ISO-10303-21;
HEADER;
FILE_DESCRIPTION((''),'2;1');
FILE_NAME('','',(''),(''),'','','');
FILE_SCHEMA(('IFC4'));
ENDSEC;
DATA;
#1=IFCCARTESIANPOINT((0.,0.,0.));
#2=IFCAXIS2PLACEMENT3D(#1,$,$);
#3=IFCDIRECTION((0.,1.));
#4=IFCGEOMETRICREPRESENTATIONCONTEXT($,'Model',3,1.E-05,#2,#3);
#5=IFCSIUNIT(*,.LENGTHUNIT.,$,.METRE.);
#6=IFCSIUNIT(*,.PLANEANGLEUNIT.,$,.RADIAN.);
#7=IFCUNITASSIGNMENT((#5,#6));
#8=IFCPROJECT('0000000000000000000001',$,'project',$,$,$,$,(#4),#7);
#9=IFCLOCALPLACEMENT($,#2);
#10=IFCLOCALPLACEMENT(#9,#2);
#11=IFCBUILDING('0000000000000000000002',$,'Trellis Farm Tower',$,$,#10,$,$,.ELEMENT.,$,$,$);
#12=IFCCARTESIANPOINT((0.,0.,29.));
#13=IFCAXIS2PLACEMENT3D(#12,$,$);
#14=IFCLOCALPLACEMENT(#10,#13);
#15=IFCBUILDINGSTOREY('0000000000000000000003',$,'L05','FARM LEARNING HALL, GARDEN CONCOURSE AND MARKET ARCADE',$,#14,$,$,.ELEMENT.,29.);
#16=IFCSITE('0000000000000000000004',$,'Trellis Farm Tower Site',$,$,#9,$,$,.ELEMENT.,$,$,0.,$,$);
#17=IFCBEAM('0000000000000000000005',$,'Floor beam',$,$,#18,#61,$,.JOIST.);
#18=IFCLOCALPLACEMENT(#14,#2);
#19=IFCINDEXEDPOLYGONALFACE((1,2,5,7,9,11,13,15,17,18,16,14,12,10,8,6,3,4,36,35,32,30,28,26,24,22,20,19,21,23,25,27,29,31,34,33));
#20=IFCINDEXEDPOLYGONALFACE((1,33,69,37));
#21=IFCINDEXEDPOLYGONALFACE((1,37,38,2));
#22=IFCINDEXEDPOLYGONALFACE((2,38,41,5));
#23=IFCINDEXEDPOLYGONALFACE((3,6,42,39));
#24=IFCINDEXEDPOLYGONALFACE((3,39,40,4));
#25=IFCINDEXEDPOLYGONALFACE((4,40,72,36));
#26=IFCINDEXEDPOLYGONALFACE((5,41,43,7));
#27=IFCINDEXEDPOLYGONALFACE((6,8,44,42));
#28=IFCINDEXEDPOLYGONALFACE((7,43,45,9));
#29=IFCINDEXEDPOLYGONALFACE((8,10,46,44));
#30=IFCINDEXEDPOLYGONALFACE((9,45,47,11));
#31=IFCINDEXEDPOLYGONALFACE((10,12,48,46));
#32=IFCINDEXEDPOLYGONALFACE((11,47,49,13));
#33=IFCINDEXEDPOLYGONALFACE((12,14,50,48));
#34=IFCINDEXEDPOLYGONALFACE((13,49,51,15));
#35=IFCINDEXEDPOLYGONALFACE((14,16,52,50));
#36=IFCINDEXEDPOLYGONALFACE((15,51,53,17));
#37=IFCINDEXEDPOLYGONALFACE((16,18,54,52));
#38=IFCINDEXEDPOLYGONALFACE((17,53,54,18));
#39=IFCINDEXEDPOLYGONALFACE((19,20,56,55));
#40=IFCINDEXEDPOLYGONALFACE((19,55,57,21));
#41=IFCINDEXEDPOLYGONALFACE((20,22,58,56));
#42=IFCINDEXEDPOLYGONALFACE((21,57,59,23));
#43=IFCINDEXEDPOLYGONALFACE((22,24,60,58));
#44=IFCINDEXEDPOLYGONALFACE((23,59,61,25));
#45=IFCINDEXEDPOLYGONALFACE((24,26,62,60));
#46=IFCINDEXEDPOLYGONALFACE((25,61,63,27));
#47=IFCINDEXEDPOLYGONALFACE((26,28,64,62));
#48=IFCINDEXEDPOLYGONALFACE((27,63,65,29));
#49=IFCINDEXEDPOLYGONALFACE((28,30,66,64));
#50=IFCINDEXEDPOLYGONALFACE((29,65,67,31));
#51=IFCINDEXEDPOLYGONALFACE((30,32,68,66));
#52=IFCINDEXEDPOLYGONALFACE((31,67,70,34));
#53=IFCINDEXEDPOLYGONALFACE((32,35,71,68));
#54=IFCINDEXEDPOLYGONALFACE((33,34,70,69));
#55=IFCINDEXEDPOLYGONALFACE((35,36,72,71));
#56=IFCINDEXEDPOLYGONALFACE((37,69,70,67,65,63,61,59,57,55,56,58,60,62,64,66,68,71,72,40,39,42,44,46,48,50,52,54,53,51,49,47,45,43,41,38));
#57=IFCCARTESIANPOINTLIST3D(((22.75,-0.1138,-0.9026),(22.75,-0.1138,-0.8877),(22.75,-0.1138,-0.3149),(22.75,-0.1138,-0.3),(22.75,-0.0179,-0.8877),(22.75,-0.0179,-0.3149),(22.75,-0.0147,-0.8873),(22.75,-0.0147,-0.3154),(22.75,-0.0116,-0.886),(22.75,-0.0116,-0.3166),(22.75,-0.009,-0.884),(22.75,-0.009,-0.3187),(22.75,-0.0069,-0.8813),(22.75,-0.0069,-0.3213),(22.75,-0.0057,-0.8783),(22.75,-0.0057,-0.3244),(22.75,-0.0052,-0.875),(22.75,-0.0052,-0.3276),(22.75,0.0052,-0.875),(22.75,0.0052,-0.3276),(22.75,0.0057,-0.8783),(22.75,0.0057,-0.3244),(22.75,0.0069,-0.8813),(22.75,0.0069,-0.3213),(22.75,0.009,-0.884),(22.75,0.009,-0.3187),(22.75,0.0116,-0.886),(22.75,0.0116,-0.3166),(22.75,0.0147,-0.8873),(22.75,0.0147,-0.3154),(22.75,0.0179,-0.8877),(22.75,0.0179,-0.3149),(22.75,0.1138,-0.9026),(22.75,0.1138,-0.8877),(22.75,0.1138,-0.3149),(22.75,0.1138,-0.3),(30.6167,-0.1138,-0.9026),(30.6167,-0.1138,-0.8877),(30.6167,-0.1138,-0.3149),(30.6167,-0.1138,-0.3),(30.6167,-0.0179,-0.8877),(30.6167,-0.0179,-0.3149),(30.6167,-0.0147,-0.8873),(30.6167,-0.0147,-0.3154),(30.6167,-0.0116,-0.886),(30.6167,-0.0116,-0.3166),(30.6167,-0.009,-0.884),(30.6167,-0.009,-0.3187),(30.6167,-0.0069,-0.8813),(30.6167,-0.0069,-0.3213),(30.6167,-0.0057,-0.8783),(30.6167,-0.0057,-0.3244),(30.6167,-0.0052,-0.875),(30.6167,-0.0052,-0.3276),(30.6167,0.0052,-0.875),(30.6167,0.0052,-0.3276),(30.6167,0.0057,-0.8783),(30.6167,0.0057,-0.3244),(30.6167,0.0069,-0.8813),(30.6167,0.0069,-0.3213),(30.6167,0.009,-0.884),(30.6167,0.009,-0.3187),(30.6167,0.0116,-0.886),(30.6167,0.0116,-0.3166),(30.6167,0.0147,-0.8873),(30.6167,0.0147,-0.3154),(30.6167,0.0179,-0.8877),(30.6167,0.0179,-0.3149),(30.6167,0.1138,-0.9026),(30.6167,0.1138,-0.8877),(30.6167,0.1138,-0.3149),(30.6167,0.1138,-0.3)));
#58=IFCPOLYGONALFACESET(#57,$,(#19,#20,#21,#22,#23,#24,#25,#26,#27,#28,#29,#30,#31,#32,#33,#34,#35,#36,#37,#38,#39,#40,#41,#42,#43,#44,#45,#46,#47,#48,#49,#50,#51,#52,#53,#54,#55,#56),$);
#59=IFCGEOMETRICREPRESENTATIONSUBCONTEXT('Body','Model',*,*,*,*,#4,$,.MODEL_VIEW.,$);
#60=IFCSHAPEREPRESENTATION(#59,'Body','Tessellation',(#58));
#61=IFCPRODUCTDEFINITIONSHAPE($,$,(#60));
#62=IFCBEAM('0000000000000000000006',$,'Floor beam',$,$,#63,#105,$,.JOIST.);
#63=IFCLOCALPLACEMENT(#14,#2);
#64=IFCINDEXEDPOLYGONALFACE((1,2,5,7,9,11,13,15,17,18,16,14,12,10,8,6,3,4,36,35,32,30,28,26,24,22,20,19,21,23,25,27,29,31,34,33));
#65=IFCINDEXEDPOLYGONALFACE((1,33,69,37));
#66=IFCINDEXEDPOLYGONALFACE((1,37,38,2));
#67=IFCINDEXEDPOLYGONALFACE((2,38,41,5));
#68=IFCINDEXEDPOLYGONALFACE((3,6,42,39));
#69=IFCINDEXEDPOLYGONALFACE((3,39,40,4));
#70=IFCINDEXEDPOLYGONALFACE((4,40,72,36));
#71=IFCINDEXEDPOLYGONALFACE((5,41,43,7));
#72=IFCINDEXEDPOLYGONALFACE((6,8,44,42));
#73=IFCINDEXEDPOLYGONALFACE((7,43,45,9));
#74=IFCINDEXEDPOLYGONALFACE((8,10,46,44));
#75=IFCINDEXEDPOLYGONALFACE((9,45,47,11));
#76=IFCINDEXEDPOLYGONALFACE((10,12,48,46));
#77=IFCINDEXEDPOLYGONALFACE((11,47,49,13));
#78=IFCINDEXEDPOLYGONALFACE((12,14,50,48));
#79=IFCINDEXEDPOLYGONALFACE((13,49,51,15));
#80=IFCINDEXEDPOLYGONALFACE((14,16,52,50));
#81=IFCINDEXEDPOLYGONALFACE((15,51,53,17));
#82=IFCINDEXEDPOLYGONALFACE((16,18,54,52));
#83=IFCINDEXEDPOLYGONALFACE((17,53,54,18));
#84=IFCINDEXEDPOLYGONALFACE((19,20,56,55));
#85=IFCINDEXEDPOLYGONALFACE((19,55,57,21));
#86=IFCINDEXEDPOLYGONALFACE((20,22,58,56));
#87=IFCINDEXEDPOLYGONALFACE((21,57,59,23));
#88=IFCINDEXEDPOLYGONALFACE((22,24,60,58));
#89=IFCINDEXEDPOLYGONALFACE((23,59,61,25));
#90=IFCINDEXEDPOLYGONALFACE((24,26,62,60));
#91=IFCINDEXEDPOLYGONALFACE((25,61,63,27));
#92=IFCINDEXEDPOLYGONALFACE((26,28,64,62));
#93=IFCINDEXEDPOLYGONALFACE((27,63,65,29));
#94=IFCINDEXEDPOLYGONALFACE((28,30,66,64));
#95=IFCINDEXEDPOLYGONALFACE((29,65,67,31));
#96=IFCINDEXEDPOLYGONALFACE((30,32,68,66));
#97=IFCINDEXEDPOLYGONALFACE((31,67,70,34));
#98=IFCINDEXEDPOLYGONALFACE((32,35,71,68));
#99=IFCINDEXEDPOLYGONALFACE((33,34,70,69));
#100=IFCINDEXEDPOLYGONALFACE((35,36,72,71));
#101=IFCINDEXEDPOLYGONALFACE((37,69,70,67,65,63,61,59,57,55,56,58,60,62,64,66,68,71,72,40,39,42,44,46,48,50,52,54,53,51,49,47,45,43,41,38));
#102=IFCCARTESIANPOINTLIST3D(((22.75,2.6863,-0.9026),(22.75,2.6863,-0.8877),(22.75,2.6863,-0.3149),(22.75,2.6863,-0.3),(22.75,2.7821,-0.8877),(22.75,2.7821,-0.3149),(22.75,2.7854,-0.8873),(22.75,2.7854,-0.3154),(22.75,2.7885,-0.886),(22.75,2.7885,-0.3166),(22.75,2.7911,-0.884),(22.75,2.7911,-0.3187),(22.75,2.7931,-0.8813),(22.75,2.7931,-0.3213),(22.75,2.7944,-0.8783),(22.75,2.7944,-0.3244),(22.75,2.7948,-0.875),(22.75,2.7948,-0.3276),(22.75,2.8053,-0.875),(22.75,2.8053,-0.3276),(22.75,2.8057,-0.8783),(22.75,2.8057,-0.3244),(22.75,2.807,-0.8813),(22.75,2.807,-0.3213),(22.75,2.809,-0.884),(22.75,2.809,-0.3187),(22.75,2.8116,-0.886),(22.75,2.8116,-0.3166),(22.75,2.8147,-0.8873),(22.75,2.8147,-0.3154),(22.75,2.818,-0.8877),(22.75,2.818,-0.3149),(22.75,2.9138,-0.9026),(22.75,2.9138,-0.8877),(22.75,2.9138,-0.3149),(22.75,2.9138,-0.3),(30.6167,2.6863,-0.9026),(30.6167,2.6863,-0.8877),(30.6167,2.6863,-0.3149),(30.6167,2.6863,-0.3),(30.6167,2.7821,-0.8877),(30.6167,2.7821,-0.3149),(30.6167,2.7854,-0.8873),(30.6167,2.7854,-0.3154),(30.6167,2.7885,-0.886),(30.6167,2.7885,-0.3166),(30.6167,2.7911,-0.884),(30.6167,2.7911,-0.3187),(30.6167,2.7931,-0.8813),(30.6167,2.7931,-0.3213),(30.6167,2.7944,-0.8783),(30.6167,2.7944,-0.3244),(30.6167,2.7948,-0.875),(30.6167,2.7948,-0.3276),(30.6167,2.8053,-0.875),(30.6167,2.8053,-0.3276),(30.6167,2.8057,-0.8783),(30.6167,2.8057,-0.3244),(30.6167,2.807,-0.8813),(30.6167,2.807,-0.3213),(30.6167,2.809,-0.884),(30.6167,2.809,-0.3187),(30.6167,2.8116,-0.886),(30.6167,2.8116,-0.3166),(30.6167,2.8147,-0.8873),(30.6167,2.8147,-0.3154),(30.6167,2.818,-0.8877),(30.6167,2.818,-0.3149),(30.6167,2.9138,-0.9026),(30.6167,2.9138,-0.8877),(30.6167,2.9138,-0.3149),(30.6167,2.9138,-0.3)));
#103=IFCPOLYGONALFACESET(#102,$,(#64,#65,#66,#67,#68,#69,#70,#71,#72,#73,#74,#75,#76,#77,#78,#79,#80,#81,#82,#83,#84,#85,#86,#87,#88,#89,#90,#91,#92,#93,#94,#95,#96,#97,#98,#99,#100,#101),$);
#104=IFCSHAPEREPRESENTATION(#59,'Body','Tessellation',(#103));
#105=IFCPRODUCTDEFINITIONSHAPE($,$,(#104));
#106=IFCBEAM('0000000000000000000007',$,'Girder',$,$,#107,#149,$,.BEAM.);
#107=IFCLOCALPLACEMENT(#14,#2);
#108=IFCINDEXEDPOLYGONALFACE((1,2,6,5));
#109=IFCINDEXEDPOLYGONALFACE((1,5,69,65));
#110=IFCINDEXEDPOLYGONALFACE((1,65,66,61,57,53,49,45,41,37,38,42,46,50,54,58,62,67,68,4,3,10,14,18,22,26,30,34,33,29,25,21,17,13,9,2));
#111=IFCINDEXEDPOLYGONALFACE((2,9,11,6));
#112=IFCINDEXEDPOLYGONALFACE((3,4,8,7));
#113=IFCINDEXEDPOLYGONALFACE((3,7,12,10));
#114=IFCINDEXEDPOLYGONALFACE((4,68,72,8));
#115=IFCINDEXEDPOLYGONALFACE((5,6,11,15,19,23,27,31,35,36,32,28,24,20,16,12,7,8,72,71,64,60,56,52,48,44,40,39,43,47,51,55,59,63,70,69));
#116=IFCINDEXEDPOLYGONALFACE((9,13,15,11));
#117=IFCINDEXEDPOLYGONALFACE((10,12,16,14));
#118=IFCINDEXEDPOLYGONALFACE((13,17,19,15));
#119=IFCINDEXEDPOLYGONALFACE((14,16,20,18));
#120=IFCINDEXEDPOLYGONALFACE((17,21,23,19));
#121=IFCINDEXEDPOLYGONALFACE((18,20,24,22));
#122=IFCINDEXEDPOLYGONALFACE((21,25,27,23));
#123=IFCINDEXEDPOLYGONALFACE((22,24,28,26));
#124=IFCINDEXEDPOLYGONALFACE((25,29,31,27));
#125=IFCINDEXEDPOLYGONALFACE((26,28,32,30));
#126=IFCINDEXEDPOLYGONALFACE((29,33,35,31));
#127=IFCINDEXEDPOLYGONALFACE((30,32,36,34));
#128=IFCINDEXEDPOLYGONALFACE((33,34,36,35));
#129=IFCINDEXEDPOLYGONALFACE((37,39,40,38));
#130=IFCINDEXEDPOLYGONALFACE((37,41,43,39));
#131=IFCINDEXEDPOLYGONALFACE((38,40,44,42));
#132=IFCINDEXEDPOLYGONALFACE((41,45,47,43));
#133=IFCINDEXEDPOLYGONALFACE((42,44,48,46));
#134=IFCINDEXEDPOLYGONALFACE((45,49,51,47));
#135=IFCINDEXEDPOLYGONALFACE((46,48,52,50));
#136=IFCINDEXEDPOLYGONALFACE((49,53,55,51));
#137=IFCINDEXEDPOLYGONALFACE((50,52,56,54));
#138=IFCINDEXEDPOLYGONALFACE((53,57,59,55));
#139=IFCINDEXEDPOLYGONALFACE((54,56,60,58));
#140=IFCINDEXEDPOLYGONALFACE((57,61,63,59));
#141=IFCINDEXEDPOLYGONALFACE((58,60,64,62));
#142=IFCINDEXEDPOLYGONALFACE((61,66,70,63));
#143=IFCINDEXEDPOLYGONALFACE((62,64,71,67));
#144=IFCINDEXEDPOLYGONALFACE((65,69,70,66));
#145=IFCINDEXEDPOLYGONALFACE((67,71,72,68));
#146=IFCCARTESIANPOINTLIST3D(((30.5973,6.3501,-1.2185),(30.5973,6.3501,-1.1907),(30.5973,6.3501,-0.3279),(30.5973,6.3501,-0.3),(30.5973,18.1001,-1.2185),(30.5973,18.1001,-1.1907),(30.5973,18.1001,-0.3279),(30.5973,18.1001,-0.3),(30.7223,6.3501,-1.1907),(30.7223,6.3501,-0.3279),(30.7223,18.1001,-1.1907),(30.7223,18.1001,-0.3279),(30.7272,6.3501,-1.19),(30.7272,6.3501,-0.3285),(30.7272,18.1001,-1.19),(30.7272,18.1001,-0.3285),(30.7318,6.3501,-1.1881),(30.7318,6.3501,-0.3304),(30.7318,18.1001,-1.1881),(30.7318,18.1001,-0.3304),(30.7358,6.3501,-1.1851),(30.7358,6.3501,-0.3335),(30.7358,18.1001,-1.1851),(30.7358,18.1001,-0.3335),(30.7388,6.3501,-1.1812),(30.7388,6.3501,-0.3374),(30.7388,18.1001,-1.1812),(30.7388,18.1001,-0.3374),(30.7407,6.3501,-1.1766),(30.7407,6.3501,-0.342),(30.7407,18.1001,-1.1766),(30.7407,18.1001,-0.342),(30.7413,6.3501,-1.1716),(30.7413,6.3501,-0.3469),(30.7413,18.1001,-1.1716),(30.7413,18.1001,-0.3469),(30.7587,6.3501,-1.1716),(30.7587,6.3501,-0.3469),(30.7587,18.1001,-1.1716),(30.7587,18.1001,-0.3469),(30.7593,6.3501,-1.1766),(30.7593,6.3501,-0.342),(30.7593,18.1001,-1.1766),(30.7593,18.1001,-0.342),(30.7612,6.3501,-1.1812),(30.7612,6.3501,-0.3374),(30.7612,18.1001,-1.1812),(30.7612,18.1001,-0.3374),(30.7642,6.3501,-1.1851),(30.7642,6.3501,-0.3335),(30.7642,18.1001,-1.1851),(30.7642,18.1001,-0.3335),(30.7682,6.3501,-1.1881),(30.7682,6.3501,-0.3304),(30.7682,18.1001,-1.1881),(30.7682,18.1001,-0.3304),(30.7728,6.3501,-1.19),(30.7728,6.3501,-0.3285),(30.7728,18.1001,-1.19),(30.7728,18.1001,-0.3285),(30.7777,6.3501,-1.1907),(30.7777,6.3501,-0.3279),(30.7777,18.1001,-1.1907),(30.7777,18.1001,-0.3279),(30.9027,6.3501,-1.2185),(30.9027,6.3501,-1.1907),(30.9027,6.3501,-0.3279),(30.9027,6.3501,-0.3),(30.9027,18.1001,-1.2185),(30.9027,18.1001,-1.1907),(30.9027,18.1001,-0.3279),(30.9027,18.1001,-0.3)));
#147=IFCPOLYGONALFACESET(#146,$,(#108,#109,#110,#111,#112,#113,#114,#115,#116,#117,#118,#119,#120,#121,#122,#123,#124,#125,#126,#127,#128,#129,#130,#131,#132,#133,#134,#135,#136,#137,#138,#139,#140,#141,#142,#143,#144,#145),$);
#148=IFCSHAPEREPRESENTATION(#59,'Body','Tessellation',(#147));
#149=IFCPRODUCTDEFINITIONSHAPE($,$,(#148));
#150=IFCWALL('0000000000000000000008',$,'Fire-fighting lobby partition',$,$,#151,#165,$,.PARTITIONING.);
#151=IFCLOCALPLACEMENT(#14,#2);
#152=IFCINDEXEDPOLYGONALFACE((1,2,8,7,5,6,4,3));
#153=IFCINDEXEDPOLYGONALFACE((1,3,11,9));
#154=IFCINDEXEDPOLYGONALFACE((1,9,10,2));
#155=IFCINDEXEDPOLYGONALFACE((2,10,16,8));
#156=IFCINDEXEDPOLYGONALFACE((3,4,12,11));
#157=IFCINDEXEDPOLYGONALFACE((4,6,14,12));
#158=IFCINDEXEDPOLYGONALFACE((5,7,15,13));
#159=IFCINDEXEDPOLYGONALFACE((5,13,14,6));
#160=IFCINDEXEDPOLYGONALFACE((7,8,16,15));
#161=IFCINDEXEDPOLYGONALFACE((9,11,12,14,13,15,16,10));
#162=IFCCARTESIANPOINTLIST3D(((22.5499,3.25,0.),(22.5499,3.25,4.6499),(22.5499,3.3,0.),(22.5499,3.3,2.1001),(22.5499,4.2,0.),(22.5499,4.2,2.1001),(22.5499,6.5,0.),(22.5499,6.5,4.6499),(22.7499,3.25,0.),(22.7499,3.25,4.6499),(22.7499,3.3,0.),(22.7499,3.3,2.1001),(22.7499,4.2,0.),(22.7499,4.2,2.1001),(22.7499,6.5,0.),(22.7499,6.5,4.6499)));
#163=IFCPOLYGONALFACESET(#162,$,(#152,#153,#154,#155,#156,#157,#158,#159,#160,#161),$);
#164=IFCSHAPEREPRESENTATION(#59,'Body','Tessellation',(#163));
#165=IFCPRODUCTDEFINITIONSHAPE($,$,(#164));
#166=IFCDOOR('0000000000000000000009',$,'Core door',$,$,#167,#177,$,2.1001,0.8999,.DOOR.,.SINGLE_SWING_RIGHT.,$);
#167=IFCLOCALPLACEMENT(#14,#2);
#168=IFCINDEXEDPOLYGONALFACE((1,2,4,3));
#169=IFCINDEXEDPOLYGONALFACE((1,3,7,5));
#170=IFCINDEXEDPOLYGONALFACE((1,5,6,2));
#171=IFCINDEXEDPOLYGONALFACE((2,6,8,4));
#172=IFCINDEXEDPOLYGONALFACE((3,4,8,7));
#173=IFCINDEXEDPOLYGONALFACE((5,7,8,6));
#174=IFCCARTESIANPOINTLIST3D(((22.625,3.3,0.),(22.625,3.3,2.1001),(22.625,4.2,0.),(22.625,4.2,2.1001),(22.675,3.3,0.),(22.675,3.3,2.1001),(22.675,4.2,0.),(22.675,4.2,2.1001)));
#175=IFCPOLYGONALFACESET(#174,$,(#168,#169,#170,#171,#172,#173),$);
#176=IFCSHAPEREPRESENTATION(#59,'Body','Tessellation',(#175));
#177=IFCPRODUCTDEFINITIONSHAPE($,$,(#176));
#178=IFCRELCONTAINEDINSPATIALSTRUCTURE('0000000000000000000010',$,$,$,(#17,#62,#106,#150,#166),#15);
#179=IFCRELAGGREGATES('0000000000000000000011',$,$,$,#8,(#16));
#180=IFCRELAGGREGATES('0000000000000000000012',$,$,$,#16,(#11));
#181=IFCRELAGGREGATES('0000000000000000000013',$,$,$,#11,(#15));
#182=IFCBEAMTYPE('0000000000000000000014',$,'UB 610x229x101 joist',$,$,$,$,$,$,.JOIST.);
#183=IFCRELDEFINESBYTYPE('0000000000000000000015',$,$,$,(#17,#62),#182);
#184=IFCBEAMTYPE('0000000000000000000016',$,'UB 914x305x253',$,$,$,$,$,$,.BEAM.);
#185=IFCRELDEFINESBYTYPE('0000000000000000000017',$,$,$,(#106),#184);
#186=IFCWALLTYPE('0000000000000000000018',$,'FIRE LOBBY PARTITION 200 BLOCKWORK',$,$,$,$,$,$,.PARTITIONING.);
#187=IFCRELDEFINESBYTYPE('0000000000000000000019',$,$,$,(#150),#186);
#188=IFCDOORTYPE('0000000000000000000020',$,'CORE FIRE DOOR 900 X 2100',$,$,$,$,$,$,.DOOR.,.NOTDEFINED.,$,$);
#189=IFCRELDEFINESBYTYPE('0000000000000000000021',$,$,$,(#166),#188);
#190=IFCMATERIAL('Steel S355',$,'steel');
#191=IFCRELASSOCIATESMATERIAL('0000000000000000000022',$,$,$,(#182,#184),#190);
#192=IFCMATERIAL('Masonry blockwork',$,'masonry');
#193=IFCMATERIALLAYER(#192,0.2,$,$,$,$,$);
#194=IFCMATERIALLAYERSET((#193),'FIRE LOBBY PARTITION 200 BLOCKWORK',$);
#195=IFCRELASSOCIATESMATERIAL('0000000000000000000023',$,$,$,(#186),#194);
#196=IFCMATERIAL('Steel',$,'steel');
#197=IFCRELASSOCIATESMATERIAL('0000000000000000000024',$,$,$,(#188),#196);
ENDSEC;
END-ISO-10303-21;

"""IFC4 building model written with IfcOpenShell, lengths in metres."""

from ifc_helpers import new_model, si_unit, direction, frame, frame_2d, origin, origin_2d, place, context, subcontext, project, spatial, rectangle, i_section, extrude, source, transform, mapped, material, layer, layer_set, material_profile, profile_set, type_object, element, fill, save


model = new_model("IFC4")

# Units and contexts
model_context = context("Model", 3, precision=1e-05, world=origin(), true_north=direction((0.0, 1.0)))
body_context = subcontext(model_context, "Body", "Model", "MODEL_VIEW")
ifc_project = project(units=[si_unit("LENGTHUNIT", "METRE"), si_unit("PLANEANGLEUNIT", "RADIAN")], contexts=[model_context])

# Site, building, storey
site_placement = place(None, origin())
site = spatial("IfcSite", under=ifc_project, at=site_placement, Name="Trellis Farm Tower Site", CompositionType="ELEMENT", RefElevation=0.0)
building_placement = place(site_placement, origin())
building = spatial("IfcBuilding", under=site, at=building_placement, Name="Trellis Farm Tower", CompositionType="ELEMENT")
storey_placement = place(building_placement, frame((0.0, 0.0, 29.0)))
storey = spatial("IfcBuildingStorey", under=building, at=storey_placement, Name="L05", Description="FARM LEARNING HALL, GARDEN CONCOURSE AND MARKET ARCADE", CompositionType="ELEMENT", Elevation=29.0)

# Beams
ifc_material_1 = material(Name="Steel S355", Category="steel")
ifc_material_profile_1 = material_profile(ifc_material_1, i_section(OverallWidth=0.2275, OverallDepth=0.6025, WebThickness=0.0105, FlangeThickness=0.0149, FilletRadius=0.0127, at=origin_2d()), Name="UB 610x229x101")
ifc_profile_set_1 = profile_set([ifc_material_profile_1], Name="Steel S355")
beam_type_1 = type_object("IfcBeamType", Name="UB 610x229x101 joist", PredefinedType="JOIST", material=ifc_profile_set_1)
shared_shape_1 = source(origin(), body_context, "Body", "SweptSolid", [
    extrude(i_section(OverallWidth=0.2275, OverallDepth=0.6025, WebThickness=0.0105, FlangeThickness=0.0149, FilletRadius=0.0127, at=origin_2d()), origin(), (0.0, 0.0, 1.0), 7.8667),
])
for number, where, z_axis, x_axis, name in (
    (1, (22.75, 0.0, -0.6013), (1.0, 0.0, 0.0), (0.0, 1.0, 0.0), "Floor beam"),
    (2, (22.75, 2.8, -0.6013), (1.0, 0.0, 0.0), (0.0, 1.0, 0.0), "Floor beam"),
):
    element("IfcBeam", number, at=place(storey_placement, frame(where, z_axis=z_axis, x_axis=x_axis)), inside=storey, type_object=beam_type_1, Name=name, PredefinedType="JOIST", context=body_context, shape_type="MappedRepresentation", body=[
        mapped(shared_shape_1, transform((0.0, 0.0, 0.0))),
    ])
ifc_material_profile_2 = material_profile(ifc_material_1, i_section(OverallWidth=0.3054, OverallDepth=0.9185, WebThickness=0.0173, FlangeThickness=0.0278, FilletRadius=0.019, at=origin_2d()), Name="UB 914x305x253")
ifc_profile_set_2 = profile_set([ifc_material_profile_2], Name="Steel S355")
beam_type_2 = type_object("IfcBeamType", Name="UB 914x305x253", PredefinedType="BEAM", material=ifc_profile_set_2)
shared_shape_2 = source(origin(), body_context, "Body", "SweptSolid", [
    extrude(i_section(OverallWidth=0.3054, OverallDepth=0.9185, WebThickness=0.0173, FlangeThickness=0.0278, FilletRadius=0.019, at=origin_2d()), origin(), (0.0, 0.0, 1.0), 11.75),
])
beam_placement = place(storey_placement, frame((30.75, 6.3501, -0.7593), z_axis=(0.0, 1.0, 0.0), x_axis=(-1.0, 0.0, 0.0)))
element("IfcBeam", 3, at=beam_placement, inside=storey, type_object=beam_type_2, Name="Girder", PredefinedType="BEAM", context=body_context, shape_type="MappedRepresentation", body=[
    mapped(shared_shape_2, transform((0.0, 0.0, 0.0))),
])

# Wall, opening, door
ifc_material_2 = material(Name="Masonry blockwork", Category="masonry")
ifc_layer_1 = layer(ifc_material_2, 0.2)
ifc_layer_set_1 = layer_set([ifc_layer_1], Name="FIRE LOBBY PARTITION 200 BLOCKWORK")
wall_type_1 = type_object("IfcWallType", Name="FIRE LOBBY PARTITION 200 BLOCKWORK", PredefinedType="PARTITIONING", material=ifc_layer_set_1)
shared_shape_3 = source(origin(), body_context, "Body", "SweptSolid", [
    extrude(rectangle(XDim=3.25, YDim=0.2, at=frame_2d((1.625, 0.0))), origin(), (0.0, 0.0, 1.0), 4.6499),
])
wall_1_placement = place(storey_placement, frame((22.6499, 3.25, 0.0), z_axis=(0.0, 0.0, 1.0), x_axis=(0.0, 1.0, 0.0)))
wall_1 = element("IfcWall", 4, at=wall_1_placement, inside=storey, type_object=wall_type_1, Name="Fire-fighting lobby partition", PredefinedType="PARTITIONING", context=body_context, shape_type="MappedRepresentation", body=[
    mapped(shared_shape_3, transform((0.0, 0.0, 0.0))),
])
shared_shape_4 = source(origin(), body_context, "Body", "SweptSolid", [
    extrude(rectangle(XDim=0.8999, YDim=2.1001, at=frame_2d((0.45, 1.05))), frame((0.0, 0.1101, 0.0), z_axis=(0.0, -1.0, 0.0), x_axis=(1.0, 0.0, 0.0)), (0.0, 0.0, 1.0), 0.2202),
])
opening_1_placement = place(wall_1_placement, frame((0.05, 0.0, 0.0)))
opening_1 = element("IfcOpeningElement", 5, at=opening_1_placement, cuts=wall_1, PredefinedType="OPENING", context=body_context, shape_type="MappedRepresentation", body=[
    mapped(shared_shape_4, transform((0.0, 0.0, 0.0))),
])
ifc_material_3 = material(Name="Steel", Category="steel")
door_type_1 = type_object("IfcDoorType", Name="CORE FIRE DOOR 900 X 2100", OperationType="NOTDEFINED", PredefinedType="DOOR", material=ifc_material_3)
shared_shape_5 = source(origin(), body_context, "Body", "SweptSolid", [
    extrude(rectangle(XDim=0.8999, YDim=2.1001, at=frame_2d((0.45, 1.05))), frame((0.0, 0.0249, 0.0), z_axis=(0.0, -1.0, 0.0), x_axis=(1.0, 0.0, 0.0)), (0.0, 0.0, 1.0), 0.05),
])
door_1_placement = place(opening_1_placement, origin())
door_1 = element("IfcDoor", 6, at=door_1_placement, inside=storey, type_object=door_type_1, Name="Core door", OperationType="SINGLE_SWING_RIGHT", OverallHeight=2.1001, OverallWidth=0.8999, PredefinedType="DOOR", context=body_context, shape_type="MappedRepresentation", body=[
    mapped(shared_shape_5, transform((0.0, 0.0, 0.0))),
])
fill(opening_1, door_1)

save(model, "model.ifc")
